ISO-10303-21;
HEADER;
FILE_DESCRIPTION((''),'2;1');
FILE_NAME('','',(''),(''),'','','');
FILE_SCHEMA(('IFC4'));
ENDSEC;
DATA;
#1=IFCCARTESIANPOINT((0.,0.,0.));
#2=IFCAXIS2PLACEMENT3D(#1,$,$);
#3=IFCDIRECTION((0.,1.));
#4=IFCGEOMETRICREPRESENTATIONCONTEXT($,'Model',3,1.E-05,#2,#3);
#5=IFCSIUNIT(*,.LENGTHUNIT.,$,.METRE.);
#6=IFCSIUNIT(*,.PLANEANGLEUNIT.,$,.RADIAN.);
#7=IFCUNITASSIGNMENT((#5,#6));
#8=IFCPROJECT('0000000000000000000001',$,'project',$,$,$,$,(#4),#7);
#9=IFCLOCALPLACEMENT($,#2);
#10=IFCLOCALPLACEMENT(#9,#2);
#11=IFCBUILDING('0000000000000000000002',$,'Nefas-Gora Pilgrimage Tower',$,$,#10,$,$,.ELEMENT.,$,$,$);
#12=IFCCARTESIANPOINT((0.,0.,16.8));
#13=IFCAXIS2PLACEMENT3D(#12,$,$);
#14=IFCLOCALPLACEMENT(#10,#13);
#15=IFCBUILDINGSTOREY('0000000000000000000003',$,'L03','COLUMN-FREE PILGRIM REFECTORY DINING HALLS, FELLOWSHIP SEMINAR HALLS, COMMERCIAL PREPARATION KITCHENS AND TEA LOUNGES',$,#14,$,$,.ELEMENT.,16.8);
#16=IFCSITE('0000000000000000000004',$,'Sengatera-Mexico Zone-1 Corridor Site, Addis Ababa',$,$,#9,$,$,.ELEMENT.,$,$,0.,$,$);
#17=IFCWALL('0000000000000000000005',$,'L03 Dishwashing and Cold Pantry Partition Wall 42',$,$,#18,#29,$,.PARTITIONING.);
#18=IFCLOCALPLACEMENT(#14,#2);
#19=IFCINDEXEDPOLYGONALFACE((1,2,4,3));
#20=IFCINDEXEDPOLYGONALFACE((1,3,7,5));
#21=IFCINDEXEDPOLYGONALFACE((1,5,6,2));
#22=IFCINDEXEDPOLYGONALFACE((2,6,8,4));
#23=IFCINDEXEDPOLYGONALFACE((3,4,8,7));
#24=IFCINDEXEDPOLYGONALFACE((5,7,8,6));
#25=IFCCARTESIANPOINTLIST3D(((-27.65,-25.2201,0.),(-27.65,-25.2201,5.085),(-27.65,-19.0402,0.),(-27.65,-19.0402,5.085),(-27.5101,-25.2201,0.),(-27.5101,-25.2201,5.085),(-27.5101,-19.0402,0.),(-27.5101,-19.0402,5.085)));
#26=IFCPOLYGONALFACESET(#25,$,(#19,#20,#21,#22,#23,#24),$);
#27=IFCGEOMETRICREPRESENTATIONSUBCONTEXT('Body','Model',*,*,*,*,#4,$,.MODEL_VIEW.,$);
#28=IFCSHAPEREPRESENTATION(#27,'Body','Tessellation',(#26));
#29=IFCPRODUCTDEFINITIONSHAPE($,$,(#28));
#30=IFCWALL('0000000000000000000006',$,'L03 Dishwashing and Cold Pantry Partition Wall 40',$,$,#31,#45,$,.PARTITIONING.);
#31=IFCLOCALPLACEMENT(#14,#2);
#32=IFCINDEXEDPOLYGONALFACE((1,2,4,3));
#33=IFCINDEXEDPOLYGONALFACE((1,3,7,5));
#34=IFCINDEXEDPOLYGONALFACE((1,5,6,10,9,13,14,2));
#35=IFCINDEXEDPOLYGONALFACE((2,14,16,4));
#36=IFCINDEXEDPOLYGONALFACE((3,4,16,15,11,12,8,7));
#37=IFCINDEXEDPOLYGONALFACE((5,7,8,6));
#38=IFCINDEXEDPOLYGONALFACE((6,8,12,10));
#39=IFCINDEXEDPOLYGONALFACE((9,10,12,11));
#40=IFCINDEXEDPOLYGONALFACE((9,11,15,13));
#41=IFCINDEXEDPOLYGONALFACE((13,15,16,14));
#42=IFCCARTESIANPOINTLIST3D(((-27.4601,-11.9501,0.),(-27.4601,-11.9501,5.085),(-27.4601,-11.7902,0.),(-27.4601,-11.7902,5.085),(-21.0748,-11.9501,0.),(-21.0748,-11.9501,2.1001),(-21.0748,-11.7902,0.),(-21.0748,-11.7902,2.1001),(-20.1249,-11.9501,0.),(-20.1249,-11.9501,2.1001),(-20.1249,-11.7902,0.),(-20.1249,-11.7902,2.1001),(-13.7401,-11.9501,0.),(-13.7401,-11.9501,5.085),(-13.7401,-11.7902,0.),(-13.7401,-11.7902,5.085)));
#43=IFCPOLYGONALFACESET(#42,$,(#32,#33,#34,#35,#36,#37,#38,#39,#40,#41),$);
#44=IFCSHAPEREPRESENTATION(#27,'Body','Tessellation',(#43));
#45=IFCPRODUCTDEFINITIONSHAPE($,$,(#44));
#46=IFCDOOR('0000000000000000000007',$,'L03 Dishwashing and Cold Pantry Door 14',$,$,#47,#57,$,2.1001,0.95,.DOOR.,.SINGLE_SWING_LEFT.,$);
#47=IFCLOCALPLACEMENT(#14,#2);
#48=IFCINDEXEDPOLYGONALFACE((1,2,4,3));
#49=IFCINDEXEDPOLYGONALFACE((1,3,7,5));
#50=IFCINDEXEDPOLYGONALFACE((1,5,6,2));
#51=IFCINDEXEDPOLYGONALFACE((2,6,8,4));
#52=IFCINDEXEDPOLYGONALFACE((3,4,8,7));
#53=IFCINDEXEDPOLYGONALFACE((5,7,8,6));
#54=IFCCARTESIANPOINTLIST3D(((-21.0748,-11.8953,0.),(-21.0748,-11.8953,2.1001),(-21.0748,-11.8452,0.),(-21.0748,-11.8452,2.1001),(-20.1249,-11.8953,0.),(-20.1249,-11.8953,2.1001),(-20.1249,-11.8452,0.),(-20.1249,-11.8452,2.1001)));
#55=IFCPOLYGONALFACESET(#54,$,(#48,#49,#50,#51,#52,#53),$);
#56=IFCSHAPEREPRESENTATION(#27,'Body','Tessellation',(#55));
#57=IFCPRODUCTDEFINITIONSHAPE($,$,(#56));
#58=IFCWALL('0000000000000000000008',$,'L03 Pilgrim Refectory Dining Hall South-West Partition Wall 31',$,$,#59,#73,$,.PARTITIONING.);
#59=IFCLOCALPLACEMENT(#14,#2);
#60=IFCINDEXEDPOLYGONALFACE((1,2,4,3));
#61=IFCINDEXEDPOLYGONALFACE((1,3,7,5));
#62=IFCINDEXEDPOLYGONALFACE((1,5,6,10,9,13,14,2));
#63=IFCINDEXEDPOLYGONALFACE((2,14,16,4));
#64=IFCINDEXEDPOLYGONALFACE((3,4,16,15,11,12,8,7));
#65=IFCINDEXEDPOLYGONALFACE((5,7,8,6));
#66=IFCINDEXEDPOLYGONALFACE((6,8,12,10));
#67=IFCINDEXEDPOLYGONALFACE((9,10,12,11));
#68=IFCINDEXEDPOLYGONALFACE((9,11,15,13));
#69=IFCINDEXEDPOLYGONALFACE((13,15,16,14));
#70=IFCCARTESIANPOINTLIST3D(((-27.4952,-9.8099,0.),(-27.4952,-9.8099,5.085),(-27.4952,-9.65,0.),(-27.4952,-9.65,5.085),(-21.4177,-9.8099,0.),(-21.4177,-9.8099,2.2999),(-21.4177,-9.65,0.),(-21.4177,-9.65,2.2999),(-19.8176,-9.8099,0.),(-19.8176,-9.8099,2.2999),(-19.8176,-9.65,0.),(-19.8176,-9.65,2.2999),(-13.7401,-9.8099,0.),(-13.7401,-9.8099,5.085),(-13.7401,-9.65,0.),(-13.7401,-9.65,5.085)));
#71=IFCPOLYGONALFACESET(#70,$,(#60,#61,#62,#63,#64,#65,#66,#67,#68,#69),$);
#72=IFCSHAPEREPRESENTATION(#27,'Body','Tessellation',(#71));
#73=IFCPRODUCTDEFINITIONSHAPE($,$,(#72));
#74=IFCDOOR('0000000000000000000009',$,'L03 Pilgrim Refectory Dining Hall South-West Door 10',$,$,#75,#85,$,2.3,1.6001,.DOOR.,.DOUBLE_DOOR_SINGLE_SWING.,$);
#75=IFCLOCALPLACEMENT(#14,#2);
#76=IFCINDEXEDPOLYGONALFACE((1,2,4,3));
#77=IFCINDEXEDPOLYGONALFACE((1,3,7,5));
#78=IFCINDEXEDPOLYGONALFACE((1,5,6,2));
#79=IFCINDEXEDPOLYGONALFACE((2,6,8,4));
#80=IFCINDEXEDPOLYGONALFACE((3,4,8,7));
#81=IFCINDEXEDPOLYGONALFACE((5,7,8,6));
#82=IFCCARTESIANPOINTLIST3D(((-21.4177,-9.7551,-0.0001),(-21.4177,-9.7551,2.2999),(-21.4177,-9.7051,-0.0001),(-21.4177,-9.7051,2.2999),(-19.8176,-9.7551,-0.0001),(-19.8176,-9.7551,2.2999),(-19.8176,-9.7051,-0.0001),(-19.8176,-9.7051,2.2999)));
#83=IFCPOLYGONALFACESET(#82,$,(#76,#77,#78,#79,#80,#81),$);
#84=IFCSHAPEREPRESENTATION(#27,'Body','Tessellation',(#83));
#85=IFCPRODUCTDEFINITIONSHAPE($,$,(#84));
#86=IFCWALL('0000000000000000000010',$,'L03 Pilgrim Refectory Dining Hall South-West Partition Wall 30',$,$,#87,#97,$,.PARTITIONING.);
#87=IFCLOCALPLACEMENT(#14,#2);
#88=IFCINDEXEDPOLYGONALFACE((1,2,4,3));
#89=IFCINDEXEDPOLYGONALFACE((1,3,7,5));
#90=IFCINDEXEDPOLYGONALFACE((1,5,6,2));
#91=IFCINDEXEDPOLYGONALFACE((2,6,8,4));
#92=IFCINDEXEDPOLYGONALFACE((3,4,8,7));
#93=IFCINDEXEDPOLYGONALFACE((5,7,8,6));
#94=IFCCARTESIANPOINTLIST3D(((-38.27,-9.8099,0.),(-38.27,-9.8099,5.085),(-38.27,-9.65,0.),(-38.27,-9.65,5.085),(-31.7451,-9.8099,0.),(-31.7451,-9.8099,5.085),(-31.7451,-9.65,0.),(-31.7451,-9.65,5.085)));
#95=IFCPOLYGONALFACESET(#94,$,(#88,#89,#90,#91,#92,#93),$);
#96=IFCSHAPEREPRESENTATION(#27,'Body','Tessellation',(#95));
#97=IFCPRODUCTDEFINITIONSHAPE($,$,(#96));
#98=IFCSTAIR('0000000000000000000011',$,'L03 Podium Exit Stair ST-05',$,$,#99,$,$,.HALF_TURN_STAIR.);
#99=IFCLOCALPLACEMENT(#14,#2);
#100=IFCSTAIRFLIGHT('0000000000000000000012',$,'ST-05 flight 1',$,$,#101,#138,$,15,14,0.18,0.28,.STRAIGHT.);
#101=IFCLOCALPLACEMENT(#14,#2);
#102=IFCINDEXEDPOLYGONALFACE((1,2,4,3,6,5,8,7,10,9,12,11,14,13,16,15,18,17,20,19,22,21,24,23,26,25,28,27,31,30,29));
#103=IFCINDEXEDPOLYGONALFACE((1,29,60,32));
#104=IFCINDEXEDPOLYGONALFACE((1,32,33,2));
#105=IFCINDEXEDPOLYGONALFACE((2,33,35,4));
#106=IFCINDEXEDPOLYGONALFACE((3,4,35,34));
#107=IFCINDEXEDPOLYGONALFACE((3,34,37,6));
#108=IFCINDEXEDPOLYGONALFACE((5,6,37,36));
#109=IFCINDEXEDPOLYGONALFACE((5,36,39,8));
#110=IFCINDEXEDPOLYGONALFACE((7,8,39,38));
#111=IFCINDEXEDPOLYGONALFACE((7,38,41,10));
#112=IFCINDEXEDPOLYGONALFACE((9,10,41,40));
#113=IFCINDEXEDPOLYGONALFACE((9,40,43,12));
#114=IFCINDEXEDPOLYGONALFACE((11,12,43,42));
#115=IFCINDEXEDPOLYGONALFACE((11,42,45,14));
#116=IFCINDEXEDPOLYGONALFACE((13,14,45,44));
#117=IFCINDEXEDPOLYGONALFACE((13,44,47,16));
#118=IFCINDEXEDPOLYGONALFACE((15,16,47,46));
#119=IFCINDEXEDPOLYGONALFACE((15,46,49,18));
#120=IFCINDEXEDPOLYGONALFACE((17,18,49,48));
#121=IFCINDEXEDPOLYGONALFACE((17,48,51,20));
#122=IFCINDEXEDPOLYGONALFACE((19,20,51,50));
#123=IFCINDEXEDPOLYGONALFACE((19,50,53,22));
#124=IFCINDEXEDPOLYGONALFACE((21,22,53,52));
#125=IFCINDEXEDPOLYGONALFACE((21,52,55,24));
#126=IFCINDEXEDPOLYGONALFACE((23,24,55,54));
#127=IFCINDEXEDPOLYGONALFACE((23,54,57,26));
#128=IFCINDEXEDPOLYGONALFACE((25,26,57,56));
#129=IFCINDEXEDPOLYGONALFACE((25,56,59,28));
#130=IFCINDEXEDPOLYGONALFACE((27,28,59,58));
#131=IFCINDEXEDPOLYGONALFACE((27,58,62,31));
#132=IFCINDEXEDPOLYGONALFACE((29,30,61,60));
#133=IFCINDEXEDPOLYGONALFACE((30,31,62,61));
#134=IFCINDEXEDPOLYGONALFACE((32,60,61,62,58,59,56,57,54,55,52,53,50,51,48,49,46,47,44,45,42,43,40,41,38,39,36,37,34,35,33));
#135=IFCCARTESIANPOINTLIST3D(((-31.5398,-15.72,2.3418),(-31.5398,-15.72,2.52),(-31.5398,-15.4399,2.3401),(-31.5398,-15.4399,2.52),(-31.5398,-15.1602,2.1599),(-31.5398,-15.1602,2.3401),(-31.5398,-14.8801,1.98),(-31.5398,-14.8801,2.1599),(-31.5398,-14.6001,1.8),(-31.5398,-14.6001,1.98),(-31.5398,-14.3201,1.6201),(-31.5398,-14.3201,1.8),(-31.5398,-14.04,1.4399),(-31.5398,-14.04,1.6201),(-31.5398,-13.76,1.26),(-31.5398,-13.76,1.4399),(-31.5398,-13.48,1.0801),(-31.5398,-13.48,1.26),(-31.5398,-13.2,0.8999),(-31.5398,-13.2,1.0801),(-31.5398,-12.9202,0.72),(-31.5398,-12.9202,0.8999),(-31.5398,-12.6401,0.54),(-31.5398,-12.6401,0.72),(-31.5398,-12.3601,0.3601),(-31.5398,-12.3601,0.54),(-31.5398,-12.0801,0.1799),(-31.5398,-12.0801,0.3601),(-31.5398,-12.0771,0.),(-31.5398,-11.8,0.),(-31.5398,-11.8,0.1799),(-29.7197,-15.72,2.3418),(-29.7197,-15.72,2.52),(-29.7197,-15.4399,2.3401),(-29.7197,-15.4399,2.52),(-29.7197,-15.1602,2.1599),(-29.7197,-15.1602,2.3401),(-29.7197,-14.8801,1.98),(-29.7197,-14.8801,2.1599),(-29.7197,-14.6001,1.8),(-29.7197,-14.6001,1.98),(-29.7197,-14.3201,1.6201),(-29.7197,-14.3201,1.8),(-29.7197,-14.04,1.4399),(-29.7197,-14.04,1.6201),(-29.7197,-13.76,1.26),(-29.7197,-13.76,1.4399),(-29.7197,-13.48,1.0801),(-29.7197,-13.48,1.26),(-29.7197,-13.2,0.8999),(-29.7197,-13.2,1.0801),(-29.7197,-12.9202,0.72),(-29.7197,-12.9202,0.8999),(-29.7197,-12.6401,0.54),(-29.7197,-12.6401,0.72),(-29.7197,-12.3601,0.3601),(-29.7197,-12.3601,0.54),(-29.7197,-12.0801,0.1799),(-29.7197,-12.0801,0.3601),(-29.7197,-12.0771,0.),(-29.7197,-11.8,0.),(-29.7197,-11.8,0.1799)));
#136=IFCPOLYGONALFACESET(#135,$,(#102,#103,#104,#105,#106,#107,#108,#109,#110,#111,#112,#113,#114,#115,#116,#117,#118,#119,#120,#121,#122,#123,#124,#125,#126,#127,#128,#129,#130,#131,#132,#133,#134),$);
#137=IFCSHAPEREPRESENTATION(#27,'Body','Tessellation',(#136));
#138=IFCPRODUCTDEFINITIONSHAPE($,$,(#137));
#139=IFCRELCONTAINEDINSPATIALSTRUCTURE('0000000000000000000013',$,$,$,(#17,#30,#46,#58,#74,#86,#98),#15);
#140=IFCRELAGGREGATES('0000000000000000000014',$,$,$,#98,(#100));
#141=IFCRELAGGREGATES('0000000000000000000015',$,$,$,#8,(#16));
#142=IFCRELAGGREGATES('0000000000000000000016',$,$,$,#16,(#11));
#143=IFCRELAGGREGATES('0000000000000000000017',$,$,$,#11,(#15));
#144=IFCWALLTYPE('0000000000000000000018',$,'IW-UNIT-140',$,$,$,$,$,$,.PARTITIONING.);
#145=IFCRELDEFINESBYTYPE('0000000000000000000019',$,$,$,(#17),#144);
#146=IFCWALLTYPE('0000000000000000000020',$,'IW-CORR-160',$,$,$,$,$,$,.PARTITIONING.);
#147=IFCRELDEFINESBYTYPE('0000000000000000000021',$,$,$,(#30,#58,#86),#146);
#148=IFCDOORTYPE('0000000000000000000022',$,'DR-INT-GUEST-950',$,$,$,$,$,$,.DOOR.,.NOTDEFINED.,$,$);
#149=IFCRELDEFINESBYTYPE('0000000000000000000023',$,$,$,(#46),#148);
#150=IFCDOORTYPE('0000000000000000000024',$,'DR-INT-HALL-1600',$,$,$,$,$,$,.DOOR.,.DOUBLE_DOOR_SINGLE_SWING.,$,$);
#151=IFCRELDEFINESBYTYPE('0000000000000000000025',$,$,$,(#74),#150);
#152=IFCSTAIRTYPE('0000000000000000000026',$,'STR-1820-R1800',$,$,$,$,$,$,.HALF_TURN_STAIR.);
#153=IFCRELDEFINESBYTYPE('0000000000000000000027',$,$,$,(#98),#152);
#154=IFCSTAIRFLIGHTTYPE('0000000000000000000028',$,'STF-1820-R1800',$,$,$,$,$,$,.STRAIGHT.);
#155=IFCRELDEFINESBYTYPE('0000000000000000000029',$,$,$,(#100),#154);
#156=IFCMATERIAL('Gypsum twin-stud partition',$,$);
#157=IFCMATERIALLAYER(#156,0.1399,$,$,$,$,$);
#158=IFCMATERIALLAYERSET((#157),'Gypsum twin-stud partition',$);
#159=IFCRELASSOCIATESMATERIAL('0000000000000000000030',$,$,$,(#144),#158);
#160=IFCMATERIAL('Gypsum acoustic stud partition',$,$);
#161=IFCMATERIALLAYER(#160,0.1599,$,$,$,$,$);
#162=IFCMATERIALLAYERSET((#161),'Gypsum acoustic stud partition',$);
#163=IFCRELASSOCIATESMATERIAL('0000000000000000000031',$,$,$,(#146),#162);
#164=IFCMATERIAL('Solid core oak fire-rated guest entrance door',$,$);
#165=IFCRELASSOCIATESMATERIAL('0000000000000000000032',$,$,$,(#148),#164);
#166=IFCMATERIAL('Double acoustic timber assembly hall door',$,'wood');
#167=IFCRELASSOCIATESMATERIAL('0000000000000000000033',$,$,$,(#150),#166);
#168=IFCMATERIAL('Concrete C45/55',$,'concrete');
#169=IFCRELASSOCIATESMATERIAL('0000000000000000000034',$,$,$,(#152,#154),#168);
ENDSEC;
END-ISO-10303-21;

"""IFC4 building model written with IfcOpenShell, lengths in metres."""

from ifc_helpers import new_model, si_unit, direction, frame, frame_2d, origin, place, context, subcontext, project, spatial, polyline, rectangle, outline, extrude, source, transform, mapped, material, layer, layer_set, type_object, element, fill, aggregate, save


model = new_model("IFC4")

# Units and contexts
model_context = context("Model", 3, precision=1e-05, world=origin(), true_north=direction((0.0, 1.0)))
body_context = subcontext(model_context, "Body", "Model", "MODEL_VIEW")
ifc_project = project(units=[si_unit("LENGTHUNIT", "METRE"), si_unit("PLANEANGLEUNIT", "RADIAN")], contexts=[model_context])

# Site, building, storey
site_placement = place(None, origin())
site = spatial("IfcSite", under=ifc_project, at=site_placement, Name="Sengatera-Mexico Zone-1 Corridor Site, Addis Ababa", CompositionType="ELEMENT", RefElevation=0.0)
building_placement = place(site_placement, origin())
building = spatial("IfcBuilding", under=site, at=building_placement, Name="Nefas-Gora Pilgrimage Tower", CompositionType="ELEMENT")
storey_placement = place(building_placement, frame((0.0, 0.0, 16.8)))
storey = spatial("IfcBuildingStorey", under=building, at=storey_placement, Name="L03", Description="COLUMN-FREE PILGRIM REFECTORY DINING HALLS, FELLOWSHIP SEMINAR HALLS, COMMERCIAL PREPARATION KITCHENS AND TEA LOUNGES", CompositionType="ELEMENT", Elevation=16.8)

# Shared definitions
ifc_material_1 = material(Name="Concrete C45/55", Category="concrete")

# Wall
ifc_material_2 = material(Name="Gypsum twin-stud partition")
ifc_layer_1 = layer(ifc_material_2, 0.1399)
ifc_layer_set_1 = layer_set([ifc_layer_1], Name="Gypsum twin-stud partition")
wall_type_1 = type_object("IfcWallType", Name="IW-UNIT-140", PredefinedType="PARTITIONING", material=ifc_layer_set_1)
shared_shape_1 = source(origin(), body_context, "Body", "SweptSolid", [
    extrude(rectangle(XDim=6.1799, YDim=0.1399, at=frame_2d((3.0898, 0.0))), origin(), (0.0, 0.0, 1.0), 5.085),
])
wall_1_placement = place(storey_placement, frame((-27.5801, -25.22, 0.0), z_axis=(0.0, 0.0, 1.0), x_axis=(0.0, 1.0, 0.0)))
element("IfcWall", 1, at=wall_1_placement, inside=storey, type_object=wall_type_1, Name="L03 Dishwashing and Cold Pantry Partition Wall 42", PredefinedType="PARTITIONING", context=body_context, shape_type="MappedRepresentation", body=[
    mapped(shared_shape_1, transform((0.0, 0.0, 0.0), x_axis=(1.0, 0.0, 0.0), y_axis=(0.0, 1.0, 0.0), z_axis=(0.0, 0.0, 1.0), scale=1.0)),
])

# Walls, openings, doors
ifc_material_3 = material(Name="Gypsum acoustic stud partition")
ifc_layer_2 = layer(ifc_material_3, 0.1599)
ifc_layer_set_2 = layer_set([ifc_layer_2], Name="Gypsum acoustic stud partition")
wall_type_2 = type_object("IfcWallType", Name="IW-CORR-160", PredefinedType="PARTITIONING", material=ifc_layer_set_2)
shared_shape_2 = source(origin(), body_context, "Body", "SweptSolid", [
    extrude(rectangle(XDim=13.72, YDim=0.1599, at=frame_2d((6.8599, 0.0))), origin(), (0.0, 0.0, 1.0), 5.085),
])
wall_2_placement = place(storey_placement, frame((-27.46, -11.8701, 0.0), z_axis=(0.0, 0.0, 1.0), x_axis=(1.0, 0.0, 0.0)))
wall_2 = element("IfcWall", 2, at=wall_2_placement, inside=storey, type_object=wall_type_2, Name="L03 Dishwashing and Cold Pantry Partition Wall 40", PredefinedType="PARTITIONING", context=body_context, shape_type="MappedRepresentation", body=[
    mapped(shared_shape_2, transform((0.0, 0.0, 0.0), x_axis=(1.0, 0.0, 0.0), y_axis=(0.0, 1.0, 0.0), z_axis=(0.0, 0.0, 1.0), scale=1.0)),
])
opening_1_placement = place(wall_2_placement, frame((6.385, 0.0, 0.0)))
opening_1 = element("IfcOpeningElement", 3, at=opening_1_placement, cuts=wall_2, PredefinedType="OPENING", context=body_context, shape_type="SweptSolid", body=[
    extrude(rectangle(XDim=0.95, YDim=2.1001, at=frame_2d((0.4751, 1.05))), frame((0.0, 0.0898, 0.0), z_axis=(0.0, -1.0, 0.0), x_axis=(1.0, 0.0, 0.0)), (0.0, 0.0, 1.0), 0.1799),
])
ifc_material_4 = material(Name="Solid core oak fire-rated guest entrance door")
door_type_1 = type_object("IfcDoorType", Name="DR-INT-GUEST-950", OperationType="NOTDEFINED", PredefinedType="DOOR", material=ifc_material_4)
shared_shape_3 = source(origin(), body_context, "Body", "SweptSolid", [
    extrude(rectangle(XDim=0.95, YDim=2.1001, at=frame_2d((0.4751, 1.05))), frame((0.0, 0.0249, 0.0), z_axis=(0.0, -1.0, 0.0), x_axis=(1.0, 0.0, 0.0)), (0.0, 0.0, 1.0), 0.05),
])
door_1_placement = place(opening_1_placement, origin())
door_1 = element("IfcDoor", 4, at=door_1_placement, inside=storey, type_object=door_type_1, Name="L03 Dishwashing and Cold Pantry Door 14", OperationType="SINGLE_SWING_LEFT", OverallHeight=2.1001, OverallWidth=0.95, PredefinedType="DOOR", context=body_context, shape_type="MappedRepresentation", body=[
    mapped(shared_shape_3, transform((0.0, 0.0, 0.0), x_axis=(1.0, 0.0, 0.0), y_axis=(0.0, 1.0, 0.0), z_axis=(0.0, 0.0, 1.0), scale=1.0)),
])
fill(opening_1, door_1)
shared_shape_4 = source(origin(), body_context, "Body", "SweptSolid", [
    extrude(rectangle(XDim=13.7551, YDim=0.1599, at=frame_2d((6.8774, 0.0))), origin(), (0.0, 0.0, 1.0), 5.085),
])
wall_3_placement = place(storey_placement, frame((-27.4951, -9.73, 0.0), z_axis=(0.0, 0.0, 1.0), x_axis=(1.0, 0.0, 0.0)))
wall_3 = element("IfcWall", 5, at=wall_3_placement, inside=storey, type_object=wall_type_2, Name="L03 Pilgrim Refectory Dining Hall South-West Partition Wall 31", PredefinedType="PARTITIONING", context=body_context, shape_type="MappedRepresentation", body=[
    mapped(shared_shape_4, transform((0.0, 0.0, 0.0), x_axis=(1.0, 0.0, 0.0), y_axis=(0.0, 1.0, 0.0), z_axis=(0.0, 0.0, 1.0), scale=1.0)),
])
opening_2_placement = place(wall_3_placement, frame((6.0774, 0.0, 0.0)))
opening_2 = element("IfcOpeningElement", 6, at=opening_2_placement, cuts=wall_3, PredefinedType="OPENING", context=body_context, shape_type="SweptSolid", body=[
    extrude(rectangle(XDim=1.6001, YDim=2.3, at=frame_2d((0.8, 1.1499))), frame((0.0, 0.0898, 0.0), z_axis=(0.0, -1.0, 0.0), x_axis=(1.0, 0.0, 0.0)), (0.0, 0.0, 1.0), 0.1799),
])
ifc_material_5 = material(Name="Double acoustic timber assembly hall door", Category="wood")
door_type_2 = type_object("IfcDoorType", Name="DR-INT-HALL-1600", OperationType="DOUBLE_DOOR_SINGLE_SWING", PredefinedType="DOOR", material=ifc_material_5)
shared_shape_5 = source(origin(), body_context, "Body", "SweptSolid", [
    extrude(rectangle(XDim=1.6001, YDim=2.3, at=frame_2d((0.8, 1.1499))), frame((0.0, 0.0249, 0.0), z_axis=(0.0, -1.0, 0.0), x_axis=(1.0, 0.0, 0.0)), (0.0, 0.0, 1.0), 0.05),
])
door_2_placement = place(opening_2_placement, origin())
door_2 = element("IfcDoor", 7, at=door_2_placement, inside=storey, type_object=door_type_2, Name="L03 Pilgrim Refectory Dining Hall South-West Door 10", OperationType="DOUBLE_DOOR_SINGLE_SWING", OverallHeight=2.3, OverallWidth=1.6001, PredefinedType="DOOR", context=body_context, shape_type="MappedRepresentation", body=[
    mapped(shared_shape_5, transform((0.0, 0.0, 0.0), x_axis=(1.0, 0.0, 0.0), y_axis=(0.0, 1.0, 0.0), z_axis=(0.0, 0.0, 1.0), scale=1.0)),
])
fill(opening_2, door_2)

# Wall
shared_shape_6 = source(origin(), body_context, "Body", "SweptSolid", [
    extrude(rectangle(XDim=6.5249, YDim=0.1599, at=frame_2d((3.2625, 0.0))), origin(), (0.0, 0.0, 1.0), 5.085),
])
wall_4_placement = place(storey_placement, frame((-38.27, -9.73, 0.0), z_axis=(0.0, 0.0, 1.0), x_axis=(1.0, 0.0, 0.0)))
element("IfcWall", 8, at=wall_4_placement, inside=storey, type_object=wall_type_2, Name="L03 Pilgrim Refectory Dining Hall South-West Partition Wall 30", PredefinedType="PARTITIONING", context=body_context, shape_type="MappedRepresentation", body=[
    mapped(shared_shape_6, transform((0.0, 0.0, 0.0), x_axis=(1.0, 0.0, 0.0), y_axis=(0.0, 1.0, 0.0), z_axis=(0.0, 0.0, 1.0), scale=1.0)),
])

# Stair, stair flight
stair_type = type_object("IfcStairType", Name="STR-1820-R1800", PredefinedType="HALF_TURN_STAIR", material=ifc_material_1)
stair_placement = place(storey_placement, origin())
stair = element("IfcStair", 9, at=stair_placement, inside=storey, type_object=stair_type, Name="L03 Podium Exit Stair ST-05", PredefinedType="HALF_TURN_STAIR")
stair_flight_type = type_object("IfcStairFlightType", Name="STF-1820-R1800", PredefinedType="STRAIGHT", material=ifc_material_1)
shared_shape_7 = source(origin(), body_context, "Body", "SweptSolid", [
    extrude(outline(polyline([(0.0, 0.0), (0.0, 0.1799), (0.28, 0.1799), (0.28, 0.3601), (0.5601, 0.3601), (0.5601, 0.54), (0.8401, 0.54), (0.8401, 0.72), (1.1201, 0.72), (1.1201, 0.8999), (1.3999, 0.8999), (1.3999, 1.0801), (1.6799, 1.0801), (1.6799, 1.26), (1.96, 1.26), (1.96, 1.4399), (2.24, 1.4399), (2.24, 1.6201), (2.52, 1.6201), (2.52, 1.8), (2.8, 1.8), (2.8, 1.98), (3.0801, 1.98), (3.0801, 2.1599), (3.3601, 2.1599), (3.3601, 2.3401), (3.6399, 2.3401), (3.6399, 2.52), (3.9199, 2.52), (3.9199, 2.7), (3.9199, 2.3418), (0.2771, 0.0), (0.0, 0.0)])), frame((0.0, 0.9102, 0.0), z_axis=(0.0, -1.0, 0.0), x_axis=(1.0, 0.0, 0.0)), (0.0, 0.0, 1.0), 1.8201),
])
stair_flight_1_placement = place(storey_placement, frame((-30.6299, -11.8, 0.0), z_axis=(0.0, 0.0, 1.0), x_axis=(0.0, -1.0, 0.0)))
stair_flight_1 = element("IfcStairFlight", 10, at=stair_flight_1_placement, type_object=stair_flight_type, Name="ST-05 flight 1", NumberOfRisers=15, NumberOfTreads=14, PredefinedType="STRAIGHT", RiserHeight=0.18, TreadLength=0.28, context=body_context, shape_type="MappedRepresentation", body=[
    mapped(shared_shape_7, transform((0.0, 0.0, 0.0), x_axis=(1.0, 0.0, 0.0), y_axis=(0.0, 1.0, 0.0), z_axis=(0.0, 0.0, 1.0), scale=1.0)),
])
aggregate(stair, [stair_flight_1])

save(model, "model.ifc")
